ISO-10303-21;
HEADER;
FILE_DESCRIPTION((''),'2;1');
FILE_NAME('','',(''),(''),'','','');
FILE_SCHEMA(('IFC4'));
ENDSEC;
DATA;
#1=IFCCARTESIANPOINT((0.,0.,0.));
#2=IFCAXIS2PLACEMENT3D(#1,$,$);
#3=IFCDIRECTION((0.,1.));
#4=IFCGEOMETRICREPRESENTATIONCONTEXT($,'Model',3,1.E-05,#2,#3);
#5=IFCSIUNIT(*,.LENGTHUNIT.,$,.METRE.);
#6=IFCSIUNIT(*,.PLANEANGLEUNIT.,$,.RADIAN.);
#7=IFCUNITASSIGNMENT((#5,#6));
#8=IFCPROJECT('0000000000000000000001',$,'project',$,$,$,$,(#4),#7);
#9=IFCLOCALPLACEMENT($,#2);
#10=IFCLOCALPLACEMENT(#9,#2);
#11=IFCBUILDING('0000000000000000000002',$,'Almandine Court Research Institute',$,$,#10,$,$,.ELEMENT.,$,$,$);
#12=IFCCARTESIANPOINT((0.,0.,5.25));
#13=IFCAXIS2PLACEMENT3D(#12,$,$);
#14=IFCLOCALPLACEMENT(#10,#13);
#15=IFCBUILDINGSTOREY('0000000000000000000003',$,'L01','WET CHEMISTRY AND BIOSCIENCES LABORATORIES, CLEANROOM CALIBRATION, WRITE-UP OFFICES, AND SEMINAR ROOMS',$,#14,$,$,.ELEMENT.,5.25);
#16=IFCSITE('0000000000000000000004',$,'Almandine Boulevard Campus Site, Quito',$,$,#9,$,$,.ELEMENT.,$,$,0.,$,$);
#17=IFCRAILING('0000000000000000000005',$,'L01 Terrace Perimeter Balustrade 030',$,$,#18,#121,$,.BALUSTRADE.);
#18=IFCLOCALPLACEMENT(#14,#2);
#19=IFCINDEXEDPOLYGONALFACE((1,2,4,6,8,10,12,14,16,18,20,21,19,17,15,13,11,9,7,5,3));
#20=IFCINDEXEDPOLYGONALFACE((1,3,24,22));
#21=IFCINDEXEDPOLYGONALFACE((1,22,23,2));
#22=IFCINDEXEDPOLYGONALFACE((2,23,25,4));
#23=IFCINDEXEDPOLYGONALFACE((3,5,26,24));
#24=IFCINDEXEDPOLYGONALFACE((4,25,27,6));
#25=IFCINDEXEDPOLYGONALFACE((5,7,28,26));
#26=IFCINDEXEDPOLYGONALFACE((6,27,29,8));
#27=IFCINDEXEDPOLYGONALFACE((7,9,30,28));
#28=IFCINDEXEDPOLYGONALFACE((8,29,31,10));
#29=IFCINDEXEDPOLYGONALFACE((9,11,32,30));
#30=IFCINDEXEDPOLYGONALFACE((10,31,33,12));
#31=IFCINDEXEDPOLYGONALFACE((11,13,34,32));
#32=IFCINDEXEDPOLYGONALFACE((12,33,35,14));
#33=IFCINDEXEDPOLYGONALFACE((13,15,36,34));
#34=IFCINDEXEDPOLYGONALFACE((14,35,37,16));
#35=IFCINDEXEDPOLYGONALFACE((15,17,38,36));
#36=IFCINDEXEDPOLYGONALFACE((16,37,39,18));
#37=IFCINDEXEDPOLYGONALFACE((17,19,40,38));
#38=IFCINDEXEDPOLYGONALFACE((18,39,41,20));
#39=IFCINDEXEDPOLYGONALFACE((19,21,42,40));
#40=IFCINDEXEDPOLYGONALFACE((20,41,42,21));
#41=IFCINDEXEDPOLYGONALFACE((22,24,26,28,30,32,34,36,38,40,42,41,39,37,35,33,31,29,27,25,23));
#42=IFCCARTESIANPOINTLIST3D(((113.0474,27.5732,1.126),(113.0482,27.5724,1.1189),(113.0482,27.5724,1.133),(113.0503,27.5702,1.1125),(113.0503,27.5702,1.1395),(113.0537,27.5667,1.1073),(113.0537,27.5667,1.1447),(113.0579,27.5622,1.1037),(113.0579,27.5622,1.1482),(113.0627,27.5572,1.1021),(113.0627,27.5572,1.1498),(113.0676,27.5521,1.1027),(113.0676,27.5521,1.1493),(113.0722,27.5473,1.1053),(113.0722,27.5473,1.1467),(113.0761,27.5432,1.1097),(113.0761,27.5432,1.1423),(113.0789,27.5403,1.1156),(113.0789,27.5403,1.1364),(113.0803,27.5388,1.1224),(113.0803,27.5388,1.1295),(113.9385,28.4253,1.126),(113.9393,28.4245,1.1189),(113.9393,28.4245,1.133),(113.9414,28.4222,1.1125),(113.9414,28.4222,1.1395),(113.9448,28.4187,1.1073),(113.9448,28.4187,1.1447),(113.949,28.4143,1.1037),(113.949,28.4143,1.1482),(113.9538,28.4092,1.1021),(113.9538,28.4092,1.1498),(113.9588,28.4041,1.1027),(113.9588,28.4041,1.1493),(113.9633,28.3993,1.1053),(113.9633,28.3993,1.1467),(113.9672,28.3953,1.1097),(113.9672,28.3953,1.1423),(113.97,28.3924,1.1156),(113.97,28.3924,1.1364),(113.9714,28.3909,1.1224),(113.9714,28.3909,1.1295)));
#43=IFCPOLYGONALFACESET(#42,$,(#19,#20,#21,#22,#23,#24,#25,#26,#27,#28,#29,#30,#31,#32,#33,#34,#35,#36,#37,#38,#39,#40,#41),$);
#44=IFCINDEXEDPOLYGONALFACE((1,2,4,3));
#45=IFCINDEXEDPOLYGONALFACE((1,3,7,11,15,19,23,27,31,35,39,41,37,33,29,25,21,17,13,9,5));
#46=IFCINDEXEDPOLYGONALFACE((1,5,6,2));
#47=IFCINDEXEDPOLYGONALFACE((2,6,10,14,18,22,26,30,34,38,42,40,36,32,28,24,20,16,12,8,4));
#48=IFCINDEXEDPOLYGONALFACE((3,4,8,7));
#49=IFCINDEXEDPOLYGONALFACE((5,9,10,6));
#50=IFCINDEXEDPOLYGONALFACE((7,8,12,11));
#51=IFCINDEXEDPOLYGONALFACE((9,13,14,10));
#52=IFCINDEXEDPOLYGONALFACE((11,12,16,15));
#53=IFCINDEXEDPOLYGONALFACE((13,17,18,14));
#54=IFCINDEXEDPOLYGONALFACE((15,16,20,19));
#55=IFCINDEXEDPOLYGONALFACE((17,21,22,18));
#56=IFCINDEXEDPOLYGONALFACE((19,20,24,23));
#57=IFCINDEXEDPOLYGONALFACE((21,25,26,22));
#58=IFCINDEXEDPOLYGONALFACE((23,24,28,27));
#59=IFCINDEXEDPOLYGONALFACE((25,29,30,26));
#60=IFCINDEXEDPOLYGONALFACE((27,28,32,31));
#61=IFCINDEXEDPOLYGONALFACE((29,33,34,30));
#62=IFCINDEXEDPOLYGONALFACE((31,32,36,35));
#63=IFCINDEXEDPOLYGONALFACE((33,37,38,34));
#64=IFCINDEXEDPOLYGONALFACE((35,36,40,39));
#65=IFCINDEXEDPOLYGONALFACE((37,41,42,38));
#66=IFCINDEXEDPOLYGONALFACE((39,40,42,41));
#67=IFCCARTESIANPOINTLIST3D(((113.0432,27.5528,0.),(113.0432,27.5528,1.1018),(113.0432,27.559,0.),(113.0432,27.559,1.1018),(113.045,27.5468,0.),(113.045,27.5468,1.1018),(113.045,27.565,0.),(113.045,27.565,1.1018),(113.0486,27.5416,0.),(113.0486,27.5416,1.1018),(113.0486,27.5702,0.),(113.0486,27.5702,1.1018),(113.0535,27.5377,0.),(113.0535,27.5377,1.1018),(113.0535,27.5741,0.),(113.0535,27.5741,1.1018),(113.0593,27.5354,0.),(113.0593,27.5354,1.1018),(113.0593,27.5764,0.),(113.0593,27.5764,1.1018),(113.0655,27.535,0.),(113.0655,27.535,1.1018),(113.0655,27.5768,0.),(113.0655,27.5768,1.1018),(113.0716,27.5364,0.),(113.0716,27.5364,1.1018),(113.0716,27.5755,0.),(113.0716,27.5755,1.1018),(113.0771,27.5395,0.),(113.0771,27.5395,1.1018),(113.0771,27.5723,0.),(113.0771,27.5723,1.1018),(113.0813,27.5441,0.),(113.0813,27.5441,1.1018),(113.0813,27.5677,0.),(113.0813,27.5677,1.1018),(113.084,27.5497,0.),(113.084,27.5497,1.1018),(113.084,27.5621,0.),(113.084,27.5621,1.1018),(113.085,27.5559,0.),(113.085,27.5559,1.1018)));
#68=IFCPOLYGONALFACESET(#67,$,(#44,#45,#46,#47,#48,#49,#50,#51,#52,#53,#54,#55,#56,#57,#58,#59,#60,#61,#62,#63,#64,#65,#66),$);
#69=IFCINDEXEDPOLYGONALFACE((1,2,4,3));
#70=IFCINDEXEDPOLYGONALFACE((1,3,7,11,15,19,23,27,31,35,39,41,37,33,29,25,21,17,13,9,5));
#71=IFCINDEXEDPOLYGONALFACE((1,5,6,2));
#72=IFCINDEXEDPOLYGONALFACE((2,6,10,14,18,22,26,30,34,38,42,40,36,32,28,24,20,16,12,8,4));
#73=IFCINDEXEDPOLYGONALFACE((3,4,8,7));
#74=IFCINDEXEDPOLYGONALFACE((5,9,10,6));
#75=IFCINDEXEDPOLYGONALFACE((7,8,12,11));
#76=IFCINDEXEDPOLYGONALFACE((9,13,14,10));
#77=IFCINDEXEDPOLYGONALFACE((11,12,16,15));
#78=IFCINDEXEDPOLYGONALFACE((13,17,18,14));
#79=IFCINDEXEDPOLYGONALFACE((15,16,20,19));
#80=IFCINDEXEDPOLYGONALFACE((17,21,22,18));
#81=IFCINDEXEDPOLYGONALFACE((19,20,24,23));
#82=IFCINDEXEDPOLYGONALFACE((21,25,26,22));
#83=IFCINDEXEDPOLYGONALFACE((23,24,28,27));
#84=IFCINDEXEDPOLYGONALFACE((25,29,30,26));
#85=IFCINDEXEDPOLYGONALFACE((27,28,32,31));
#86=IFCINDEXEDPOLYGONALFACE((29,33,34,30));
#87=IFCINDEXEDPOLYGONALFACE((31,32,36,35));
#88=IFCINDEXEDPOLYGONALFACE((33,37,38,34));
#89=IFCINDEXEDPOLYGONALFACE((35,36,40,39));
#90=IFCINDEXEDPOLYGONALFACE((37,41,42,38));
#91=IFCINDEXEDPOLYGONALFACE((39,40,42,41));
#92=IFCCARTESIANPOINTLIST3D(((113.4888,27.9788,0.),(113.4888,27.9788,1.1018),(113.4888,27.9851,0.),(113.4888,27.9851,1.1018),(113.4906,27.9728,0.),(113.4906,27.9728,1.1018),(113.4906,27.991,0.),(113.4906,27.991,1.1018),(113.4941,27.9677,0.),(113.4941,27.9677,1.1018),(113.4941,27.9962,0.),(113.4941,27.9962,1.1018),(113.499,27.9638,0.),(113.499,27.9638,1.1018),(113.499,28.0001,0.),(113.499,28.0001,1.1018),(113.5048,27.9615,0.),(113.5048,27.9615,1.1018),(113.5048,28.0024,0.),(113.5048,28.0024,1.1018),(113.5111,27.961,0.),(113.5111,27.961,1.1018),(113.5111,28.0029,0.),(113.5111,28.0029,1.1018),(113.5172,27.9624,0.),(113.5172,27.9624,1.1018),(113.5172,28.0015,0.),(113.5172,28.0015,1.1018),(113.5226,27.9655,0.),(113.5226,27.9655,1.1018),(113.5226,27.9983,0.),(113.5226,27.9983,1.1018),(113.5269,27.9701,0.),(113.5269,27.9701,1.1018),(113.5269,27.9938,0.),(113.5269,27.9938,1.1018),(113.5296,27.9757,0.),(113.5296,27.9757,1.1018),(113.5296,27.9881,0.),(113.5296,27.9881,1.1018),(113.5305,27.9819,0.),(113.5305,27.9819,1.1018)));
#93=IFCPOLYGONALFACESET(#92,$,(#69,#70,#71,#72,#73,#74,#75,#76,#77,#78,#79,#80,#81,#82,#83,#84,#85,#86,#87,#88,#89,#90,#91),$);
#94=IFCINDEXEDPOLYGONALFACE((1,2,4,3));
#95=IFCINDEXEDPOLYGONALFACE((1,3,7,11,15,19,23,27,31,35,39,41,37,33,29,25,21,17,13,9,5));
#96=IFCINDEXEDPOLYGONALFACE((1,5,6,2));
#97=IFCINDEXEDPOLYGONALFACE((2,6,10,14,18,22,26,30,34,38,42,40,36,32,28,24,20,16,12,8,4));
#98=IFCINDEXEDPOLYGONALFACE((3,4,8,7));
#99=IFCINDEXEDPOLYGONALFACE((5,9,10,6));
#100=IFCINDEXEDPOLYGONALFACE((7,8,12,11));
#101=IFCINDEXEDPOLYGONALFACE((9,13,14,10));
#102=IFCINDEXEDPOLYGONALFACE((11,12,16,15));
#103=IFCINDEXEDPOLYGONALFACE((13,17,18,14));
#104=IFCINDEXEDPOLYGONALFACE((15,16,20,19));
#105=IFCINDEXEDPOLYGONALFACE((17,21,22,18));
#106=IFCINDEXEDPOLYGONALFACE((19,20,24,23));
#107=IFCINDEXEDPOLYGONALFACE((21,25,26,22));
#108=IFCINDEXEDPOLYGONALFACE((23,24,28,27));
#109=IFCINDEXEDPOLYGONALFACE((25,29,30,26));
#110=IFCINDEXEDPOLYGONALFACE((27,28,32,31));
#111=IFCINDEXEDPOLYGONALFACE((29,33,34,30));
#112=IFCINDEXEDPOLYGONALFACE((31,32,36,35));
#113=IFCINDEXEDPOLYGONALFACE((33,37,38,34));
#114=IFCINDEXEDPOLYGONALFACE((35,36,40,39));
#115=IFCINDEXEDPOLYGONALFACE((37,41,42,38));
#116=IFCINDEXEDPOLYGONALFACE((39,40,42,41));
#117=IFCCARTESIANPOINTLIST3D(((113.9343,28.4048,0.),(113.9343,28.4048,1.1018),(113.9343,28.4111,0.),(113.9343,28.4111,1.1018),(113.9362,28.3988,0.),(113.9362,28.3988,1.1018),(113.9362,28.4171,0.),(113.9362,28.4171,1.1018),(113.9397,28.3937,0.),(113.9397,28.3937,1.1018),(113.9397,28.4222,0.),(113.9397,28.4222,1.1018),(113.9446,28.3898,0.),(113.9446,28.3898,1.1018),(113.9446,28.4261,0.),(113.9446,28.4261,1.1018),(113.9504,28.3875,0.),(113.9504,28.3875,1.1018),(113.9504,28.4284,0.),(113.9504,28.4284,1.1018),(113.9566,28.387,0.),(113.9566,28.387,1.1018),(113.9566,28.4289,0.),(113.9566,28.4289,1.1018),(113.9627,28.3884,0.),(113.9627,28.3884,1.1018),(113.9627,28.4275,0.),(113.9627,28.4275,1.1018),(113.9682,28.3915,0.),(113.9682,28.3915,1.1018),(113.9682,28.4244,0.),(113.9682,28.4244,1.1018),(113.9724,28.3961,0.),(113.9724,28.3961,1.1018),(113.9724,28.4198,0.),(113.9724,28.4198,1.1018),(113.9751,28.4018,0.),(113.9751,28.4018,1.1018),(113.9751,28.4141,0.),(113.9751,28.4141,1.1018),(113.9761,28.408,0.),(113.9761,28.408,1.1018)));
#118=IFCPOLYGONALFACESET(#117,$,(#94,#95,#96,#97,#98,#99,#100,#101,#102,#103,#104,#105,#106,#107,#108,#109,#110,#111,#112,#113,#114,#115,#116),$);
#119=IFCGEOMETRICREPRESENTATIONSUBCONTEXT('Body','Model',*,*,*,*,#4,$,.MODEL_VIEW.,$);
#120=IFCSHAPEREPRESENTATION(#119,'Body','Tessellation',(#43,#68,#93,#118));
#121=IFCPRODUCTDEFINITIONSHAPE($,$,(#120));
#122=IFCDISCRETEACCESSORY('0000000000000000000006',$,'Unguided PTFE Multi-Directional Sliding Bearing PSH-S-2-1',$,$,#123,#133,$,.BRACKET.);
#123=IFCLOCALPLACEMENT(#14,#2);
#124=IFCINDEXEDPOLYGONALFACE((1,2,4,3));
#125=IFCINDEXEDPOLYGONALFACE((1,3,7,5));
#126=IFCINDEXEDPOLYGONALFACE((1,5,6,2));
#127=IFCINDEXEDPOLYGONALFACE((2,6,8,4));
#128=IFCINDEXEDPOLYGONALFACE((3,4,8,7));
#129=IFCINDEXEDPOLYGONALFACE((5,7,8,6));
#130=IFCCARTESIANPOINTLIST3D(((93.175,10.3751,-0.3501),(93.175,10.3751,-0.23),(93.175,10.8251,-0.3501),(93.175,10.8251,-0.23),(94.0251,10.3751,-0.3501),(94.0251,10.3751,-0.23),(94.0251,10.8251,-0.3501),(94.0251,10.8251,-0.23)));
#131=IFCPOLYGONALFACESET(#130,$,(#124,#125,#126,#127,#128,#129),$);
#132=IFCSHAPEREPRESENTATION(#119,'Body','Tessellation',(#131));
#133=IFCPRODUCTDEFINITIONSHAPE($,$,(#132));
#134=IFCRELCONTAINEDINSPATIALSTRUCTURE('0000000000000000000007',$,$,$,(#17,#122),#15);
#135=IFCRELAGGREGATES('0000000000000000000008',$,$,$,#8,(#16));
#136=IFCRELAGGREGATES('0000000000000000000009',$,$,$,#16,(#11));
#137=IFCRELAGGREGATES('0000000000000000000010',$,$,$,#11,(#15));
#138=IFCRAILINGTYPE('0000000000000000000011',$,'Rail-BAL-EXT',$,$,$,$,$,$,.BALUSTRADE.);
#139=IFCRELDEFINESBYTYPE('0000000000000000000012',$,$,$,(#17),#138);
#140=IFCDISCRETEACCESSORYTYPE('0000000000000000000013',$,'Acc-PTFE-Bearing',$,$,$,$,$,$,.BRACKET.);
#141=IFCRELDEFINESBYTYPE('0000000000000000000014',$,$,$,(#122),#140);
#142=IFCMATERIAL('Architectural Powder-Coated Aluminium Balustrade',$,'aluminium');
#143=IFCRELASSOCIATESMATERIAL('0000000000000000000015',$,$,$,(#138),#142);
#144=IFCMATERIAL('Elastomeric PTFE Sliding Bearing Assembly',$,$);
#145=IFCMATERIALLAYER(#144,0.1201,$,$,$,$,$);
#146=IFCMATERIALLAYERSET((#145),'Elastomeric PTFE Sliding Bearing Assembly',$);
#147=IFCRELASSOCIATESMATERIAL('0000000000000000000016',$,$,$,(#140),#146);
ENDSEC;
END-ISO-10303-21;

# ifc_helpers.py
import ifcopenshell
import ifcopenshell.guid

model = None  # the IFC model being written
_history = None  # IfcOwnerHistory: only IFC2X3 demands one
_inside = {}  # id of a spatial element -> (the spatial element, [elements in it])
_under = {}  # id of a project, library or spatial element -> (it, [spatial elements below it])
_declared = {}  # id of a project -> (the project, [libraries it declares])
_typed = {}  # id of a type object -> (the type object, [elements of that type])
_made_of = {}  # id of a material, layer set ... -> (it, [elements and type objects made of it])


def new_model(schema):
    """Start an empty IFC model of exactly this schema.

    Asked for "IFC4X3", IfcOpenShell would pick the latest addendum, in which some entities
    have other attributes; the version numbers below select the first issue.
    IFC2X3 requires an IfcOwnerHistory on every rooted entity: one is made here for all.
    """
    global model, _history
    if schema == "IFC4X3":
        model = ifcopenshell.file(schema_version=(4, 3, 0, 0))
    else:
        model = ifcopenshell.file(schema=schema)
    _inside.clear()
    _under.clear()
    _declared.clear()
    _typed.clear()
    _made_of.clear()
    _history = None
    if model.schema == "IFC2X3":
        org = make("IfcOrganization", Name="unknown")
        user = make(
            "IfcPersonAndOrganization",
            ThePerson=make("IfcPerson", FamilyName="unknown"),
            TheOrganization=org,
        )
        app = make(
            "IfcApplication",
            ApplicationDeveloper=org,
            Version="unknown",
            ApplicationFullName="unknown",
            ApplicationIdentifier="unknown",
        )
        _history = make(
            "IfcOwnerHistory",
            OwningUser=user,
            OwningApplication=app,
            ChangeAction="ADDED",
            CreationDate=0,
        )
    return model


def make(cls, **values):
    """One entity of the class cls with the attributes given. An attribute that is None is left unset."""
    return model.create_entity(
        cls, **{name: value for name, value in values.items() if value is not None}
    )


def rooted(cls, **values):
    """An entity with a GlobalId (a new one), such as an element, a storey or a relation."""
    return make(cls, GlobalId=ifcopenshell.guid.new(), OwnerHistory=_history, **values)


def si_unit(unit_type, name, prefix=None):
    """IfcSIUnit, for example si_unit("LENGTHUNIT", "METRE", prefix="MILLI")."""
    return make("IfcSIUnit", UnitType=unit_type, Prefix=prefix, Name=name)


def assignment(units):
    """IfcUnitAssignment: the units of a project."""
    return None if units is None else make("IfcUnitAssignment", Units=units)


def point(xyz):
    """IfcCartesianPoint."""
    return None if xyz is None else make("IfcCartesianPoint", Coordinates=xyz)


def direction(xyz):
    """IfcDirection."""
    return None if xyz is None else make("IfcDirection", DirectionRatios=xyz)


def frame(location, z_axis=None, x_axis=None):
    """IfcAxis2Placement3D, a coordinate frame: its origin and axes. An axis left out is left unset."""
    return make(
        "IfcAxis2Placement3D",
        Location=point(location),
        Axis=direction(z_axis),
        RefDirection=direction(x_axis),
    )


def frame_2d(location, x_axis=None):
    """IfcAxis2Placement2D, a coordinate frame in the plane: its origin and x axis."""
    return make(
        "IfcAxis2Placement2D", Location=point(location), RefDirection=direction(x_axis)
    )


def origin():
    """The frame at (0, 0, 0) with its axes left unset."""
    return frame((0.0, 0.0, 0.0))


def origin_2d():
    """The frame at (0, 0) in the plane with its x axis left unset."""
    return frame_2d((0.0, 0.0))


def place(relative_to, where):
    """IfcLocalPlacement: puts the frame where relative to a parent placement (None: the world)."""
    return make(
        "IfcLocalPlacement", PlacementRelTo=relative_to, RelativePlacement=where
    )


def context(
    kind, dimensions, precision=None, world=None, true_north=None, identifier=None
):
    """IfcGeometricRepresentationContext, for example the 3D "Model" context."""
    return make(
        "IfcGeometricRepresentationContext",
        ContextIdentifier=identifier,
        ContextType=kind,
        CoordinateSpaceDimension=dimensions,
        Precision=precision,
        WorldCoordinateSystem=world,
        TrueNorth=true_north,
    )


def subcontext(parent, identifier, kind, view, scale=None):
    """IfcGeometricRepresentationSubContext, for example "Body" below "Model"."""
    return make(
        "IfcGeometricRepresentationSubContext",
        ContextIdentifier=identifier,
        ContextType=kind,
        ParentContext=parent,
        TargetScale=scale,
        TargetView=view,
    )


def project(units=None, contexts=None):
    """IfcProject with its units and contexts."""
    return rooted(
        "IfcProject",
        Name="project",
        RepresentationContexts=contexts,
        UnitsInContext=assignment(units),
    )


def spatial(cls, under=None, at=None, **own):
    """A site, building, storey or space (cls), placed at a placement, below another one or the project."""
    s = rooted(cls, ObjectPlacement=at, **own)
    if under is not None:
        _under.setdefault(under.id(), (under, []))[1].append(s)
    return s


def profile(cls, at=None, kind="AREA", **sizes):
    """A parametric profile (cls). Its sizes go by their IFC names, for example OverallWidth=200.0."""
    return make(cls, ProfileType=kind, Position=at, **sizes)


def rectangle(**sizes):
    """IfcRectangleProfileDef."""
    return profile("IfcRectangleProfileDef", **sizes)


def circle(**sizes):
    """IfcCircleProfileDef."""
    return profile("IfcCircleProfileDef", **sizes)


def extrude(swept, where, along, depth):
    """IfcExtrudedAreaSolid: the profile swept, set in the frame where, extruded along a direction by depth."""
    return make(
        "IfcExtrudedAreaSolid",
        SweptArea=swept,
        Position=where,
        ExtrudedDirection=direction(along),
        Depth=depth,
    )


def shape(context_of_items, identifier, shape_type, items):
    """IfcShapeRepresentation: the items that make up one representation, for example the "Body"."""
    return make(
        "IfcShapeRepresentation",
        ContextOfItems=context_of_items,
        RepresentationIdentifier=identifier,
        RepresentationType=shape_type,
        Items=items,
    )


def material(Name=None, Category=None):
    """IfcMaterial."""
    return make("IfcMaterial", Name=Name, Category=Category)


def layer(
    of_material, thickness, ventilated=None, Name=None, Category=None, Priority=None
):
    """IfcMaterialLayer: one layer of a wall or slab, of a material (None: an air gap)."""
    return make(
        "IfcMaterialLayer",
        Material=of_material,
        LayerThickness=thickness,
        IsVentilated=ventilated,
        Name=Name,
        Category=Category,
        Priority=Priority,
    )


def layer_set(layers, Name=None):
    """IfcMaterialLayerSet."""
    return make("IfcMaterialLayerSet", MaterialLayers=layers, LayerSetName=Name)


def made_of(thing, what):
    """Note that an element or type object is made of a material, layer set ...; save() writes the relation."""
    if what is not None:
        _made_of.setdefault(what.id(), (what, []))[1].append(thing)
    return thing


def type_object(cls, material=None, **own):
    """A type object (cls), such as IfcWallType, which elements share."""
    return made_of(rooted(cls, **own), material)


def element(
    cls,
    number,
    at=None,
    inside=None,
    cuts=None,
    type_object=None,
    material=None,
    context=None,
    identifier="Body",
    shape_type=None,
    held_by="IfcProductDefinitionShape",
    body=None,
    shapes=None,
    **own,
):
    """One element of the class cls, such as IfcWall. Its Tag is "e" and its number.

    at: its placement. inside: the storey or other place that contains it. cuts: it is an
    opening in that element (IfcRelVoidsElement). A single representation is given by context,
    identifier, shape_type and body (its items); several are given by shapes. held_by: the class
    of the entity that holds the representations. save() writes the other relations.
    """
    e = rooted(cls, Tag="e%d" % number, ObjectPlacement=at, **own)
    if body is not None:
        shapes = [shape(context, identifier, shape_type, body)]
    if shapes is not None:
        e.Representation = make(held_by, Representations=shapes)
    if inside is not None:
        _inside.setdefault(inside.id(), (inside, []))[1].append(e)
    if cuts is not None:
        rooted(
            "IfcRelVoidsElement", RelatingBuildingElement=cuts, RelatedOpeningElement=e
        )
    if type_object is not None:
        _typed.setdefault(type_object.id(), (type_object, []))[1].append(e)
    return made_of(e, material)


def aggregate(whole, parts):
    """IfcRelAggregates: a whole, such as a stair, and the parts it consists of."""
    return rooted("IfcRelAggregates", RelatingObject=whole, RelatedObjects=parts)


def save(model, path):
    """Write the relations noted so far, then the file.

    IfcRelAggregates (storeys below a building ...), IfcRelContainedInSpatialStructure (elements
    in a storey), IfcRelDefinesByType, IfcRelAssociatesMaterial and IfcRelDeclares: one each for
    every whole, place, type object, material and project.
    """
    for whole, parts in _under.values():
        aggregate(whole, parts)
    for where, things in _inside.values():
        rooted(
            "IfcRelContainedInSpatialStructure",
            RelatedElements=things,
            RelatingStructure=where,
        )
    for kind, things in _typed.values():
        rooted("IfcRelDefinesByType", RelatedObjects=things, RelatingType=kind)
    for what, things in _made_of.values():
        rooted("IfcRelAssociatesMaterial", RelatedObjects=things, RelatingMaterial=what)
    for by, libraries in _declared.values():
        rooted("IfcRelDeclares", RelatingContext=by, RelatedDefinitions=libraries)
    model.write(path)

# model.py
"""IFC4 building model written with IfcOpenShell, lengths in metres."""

from ifc_helpers import new_model, si_unit, direction, frame, origin, origin_2d, place, context, subcontext, project, spatial, rectangle, circle, extrude, material, layer, layer_set, type_object, element, save


model = new_model("IFC4")

# Units and contexts
model_context = context("Model", 3, precision=1e-05, world=origin(), true_north=direction((0.0, 1.0)))
body_context = subcontext(model_context, "Body", "Model", "MODEL_VIEW")
ifc_project = project(units=[si_unit("LENGTHUNIT", "METRE"), si_unit("PLANEANGLEUNIT", "RADIAN")], contexts=[model_context])

# Site, building, storey
site_placement = place(None, origin())
site = spatial("IfcSite", under=ifc_project, at=site_placement, Name="Almandine Boulevard Campus Site, Quito", CompositionType="ELEMENT", RefElevation=0.0)
building_placement = place(site_placement, origin())
building = spatial("IfcBuilding", under=site, at=building_placement, Name="Almandine Court Research Institute", CompositionType="ELEMENT")
storey_placement = place(building_placement, frame((0.0, 0.0, 5.25)))
storey = spatial("IfcBuildingStorey", under=building, at=storey_placement, Name="L01", Description="WET CHEMISTRY AND BIOSCIENCES LABORATORIES, CLEANROOM CALIBRATION, WRITE-UP OFFICES, AND SEMINAR ROOMS", CompositionType="ELEMENT", Elevation=5.25)

# Railing
ifc_material_1 = material(Name="Architectural Powder-Coated Aluminium Balustrade", Category="aluminium")
railing_type = type_object("IfcRailingType", Name="Rail-BAL-EXT", PredefinedType="BALUSTRADE", material=ifc_material_1)
railing_1_placement = place(storey_placement, frame((113.064, 27.5559, 0.0)))
element("IfcRailing", 1, at=railing_1_placement, inside=storey, type_object=railing_type, Name="L01 Terrace Perimeter Balustrade 030", PredefinedType="BALUSTRADE", context=body_context, shape_type="SweptSolid", body=[
    extrude(circle(Radius=0.0239, at=origin_2d()), frame((0.0, 0.0, 1.126), z_axis=(0.722771, 0.691088, 0.0), x_axis=(-0.691088, 0.722771, 0.0)), (0.0, 0.0, 1.0), 1.2329),
    extrude(circle(Radius=0.021, at=origin_2d()), origin(), (0.0, 0.0, 1.0), 1.1018),
    extrude(circle(Radius=0.021, at=origin_2d()), frame((0.4456, 0.426, 0.0)), (0.0, 0.0, 1.0), 1.1018),
    extrude(circle(Radius=0.021, at=origin_2d()), frame((0.8911, 0.8521, 0.0)), (0.0, 0.0, 1.0), 1.1018),
])

# Discrete accessory
ifc_material_2 = material(Name="Elastomeric PTFE Sliding Bearing Assembly")
ifc_layer = layer(ifc_material_2, 0.1201)
ifc_layer_set = layer_set([ifc_layer], Name="Elastomeric PTFE Sliding Bearing Assembly")
discrete_accessory_type = type_object("IfcDiscreteAccessoryType", Name="Acc-PTFE-Bearing", PredefinedType="BRACKET", material=ifc_layer_set)
discrete_accessory_placement = place(storey_placement, frame((93.6001, 10.6001, -0.3501), z_axis=(0.0, 0.0, 1.0), x_axis=(1.0, 0.0, 0.0)))
element("IfcDiscreteAccessory", 2, at=discrete_accessory_placement, inside=storey, type_object=discrete_accessory_type, Name="Unguided PTFE Multi-Directional Sliding Bearing PSH-S-2-1", PredefinedType="BRACKET", context=body_context, shape_type="SweptSolid", body=[
    extrude(rectangle(XDim=0.8501, YDim=0.45, at=origin_2d()), origin(), (0.0, 0.0, 1.0), 0.1201),
])

save(model, "model.ifc")
